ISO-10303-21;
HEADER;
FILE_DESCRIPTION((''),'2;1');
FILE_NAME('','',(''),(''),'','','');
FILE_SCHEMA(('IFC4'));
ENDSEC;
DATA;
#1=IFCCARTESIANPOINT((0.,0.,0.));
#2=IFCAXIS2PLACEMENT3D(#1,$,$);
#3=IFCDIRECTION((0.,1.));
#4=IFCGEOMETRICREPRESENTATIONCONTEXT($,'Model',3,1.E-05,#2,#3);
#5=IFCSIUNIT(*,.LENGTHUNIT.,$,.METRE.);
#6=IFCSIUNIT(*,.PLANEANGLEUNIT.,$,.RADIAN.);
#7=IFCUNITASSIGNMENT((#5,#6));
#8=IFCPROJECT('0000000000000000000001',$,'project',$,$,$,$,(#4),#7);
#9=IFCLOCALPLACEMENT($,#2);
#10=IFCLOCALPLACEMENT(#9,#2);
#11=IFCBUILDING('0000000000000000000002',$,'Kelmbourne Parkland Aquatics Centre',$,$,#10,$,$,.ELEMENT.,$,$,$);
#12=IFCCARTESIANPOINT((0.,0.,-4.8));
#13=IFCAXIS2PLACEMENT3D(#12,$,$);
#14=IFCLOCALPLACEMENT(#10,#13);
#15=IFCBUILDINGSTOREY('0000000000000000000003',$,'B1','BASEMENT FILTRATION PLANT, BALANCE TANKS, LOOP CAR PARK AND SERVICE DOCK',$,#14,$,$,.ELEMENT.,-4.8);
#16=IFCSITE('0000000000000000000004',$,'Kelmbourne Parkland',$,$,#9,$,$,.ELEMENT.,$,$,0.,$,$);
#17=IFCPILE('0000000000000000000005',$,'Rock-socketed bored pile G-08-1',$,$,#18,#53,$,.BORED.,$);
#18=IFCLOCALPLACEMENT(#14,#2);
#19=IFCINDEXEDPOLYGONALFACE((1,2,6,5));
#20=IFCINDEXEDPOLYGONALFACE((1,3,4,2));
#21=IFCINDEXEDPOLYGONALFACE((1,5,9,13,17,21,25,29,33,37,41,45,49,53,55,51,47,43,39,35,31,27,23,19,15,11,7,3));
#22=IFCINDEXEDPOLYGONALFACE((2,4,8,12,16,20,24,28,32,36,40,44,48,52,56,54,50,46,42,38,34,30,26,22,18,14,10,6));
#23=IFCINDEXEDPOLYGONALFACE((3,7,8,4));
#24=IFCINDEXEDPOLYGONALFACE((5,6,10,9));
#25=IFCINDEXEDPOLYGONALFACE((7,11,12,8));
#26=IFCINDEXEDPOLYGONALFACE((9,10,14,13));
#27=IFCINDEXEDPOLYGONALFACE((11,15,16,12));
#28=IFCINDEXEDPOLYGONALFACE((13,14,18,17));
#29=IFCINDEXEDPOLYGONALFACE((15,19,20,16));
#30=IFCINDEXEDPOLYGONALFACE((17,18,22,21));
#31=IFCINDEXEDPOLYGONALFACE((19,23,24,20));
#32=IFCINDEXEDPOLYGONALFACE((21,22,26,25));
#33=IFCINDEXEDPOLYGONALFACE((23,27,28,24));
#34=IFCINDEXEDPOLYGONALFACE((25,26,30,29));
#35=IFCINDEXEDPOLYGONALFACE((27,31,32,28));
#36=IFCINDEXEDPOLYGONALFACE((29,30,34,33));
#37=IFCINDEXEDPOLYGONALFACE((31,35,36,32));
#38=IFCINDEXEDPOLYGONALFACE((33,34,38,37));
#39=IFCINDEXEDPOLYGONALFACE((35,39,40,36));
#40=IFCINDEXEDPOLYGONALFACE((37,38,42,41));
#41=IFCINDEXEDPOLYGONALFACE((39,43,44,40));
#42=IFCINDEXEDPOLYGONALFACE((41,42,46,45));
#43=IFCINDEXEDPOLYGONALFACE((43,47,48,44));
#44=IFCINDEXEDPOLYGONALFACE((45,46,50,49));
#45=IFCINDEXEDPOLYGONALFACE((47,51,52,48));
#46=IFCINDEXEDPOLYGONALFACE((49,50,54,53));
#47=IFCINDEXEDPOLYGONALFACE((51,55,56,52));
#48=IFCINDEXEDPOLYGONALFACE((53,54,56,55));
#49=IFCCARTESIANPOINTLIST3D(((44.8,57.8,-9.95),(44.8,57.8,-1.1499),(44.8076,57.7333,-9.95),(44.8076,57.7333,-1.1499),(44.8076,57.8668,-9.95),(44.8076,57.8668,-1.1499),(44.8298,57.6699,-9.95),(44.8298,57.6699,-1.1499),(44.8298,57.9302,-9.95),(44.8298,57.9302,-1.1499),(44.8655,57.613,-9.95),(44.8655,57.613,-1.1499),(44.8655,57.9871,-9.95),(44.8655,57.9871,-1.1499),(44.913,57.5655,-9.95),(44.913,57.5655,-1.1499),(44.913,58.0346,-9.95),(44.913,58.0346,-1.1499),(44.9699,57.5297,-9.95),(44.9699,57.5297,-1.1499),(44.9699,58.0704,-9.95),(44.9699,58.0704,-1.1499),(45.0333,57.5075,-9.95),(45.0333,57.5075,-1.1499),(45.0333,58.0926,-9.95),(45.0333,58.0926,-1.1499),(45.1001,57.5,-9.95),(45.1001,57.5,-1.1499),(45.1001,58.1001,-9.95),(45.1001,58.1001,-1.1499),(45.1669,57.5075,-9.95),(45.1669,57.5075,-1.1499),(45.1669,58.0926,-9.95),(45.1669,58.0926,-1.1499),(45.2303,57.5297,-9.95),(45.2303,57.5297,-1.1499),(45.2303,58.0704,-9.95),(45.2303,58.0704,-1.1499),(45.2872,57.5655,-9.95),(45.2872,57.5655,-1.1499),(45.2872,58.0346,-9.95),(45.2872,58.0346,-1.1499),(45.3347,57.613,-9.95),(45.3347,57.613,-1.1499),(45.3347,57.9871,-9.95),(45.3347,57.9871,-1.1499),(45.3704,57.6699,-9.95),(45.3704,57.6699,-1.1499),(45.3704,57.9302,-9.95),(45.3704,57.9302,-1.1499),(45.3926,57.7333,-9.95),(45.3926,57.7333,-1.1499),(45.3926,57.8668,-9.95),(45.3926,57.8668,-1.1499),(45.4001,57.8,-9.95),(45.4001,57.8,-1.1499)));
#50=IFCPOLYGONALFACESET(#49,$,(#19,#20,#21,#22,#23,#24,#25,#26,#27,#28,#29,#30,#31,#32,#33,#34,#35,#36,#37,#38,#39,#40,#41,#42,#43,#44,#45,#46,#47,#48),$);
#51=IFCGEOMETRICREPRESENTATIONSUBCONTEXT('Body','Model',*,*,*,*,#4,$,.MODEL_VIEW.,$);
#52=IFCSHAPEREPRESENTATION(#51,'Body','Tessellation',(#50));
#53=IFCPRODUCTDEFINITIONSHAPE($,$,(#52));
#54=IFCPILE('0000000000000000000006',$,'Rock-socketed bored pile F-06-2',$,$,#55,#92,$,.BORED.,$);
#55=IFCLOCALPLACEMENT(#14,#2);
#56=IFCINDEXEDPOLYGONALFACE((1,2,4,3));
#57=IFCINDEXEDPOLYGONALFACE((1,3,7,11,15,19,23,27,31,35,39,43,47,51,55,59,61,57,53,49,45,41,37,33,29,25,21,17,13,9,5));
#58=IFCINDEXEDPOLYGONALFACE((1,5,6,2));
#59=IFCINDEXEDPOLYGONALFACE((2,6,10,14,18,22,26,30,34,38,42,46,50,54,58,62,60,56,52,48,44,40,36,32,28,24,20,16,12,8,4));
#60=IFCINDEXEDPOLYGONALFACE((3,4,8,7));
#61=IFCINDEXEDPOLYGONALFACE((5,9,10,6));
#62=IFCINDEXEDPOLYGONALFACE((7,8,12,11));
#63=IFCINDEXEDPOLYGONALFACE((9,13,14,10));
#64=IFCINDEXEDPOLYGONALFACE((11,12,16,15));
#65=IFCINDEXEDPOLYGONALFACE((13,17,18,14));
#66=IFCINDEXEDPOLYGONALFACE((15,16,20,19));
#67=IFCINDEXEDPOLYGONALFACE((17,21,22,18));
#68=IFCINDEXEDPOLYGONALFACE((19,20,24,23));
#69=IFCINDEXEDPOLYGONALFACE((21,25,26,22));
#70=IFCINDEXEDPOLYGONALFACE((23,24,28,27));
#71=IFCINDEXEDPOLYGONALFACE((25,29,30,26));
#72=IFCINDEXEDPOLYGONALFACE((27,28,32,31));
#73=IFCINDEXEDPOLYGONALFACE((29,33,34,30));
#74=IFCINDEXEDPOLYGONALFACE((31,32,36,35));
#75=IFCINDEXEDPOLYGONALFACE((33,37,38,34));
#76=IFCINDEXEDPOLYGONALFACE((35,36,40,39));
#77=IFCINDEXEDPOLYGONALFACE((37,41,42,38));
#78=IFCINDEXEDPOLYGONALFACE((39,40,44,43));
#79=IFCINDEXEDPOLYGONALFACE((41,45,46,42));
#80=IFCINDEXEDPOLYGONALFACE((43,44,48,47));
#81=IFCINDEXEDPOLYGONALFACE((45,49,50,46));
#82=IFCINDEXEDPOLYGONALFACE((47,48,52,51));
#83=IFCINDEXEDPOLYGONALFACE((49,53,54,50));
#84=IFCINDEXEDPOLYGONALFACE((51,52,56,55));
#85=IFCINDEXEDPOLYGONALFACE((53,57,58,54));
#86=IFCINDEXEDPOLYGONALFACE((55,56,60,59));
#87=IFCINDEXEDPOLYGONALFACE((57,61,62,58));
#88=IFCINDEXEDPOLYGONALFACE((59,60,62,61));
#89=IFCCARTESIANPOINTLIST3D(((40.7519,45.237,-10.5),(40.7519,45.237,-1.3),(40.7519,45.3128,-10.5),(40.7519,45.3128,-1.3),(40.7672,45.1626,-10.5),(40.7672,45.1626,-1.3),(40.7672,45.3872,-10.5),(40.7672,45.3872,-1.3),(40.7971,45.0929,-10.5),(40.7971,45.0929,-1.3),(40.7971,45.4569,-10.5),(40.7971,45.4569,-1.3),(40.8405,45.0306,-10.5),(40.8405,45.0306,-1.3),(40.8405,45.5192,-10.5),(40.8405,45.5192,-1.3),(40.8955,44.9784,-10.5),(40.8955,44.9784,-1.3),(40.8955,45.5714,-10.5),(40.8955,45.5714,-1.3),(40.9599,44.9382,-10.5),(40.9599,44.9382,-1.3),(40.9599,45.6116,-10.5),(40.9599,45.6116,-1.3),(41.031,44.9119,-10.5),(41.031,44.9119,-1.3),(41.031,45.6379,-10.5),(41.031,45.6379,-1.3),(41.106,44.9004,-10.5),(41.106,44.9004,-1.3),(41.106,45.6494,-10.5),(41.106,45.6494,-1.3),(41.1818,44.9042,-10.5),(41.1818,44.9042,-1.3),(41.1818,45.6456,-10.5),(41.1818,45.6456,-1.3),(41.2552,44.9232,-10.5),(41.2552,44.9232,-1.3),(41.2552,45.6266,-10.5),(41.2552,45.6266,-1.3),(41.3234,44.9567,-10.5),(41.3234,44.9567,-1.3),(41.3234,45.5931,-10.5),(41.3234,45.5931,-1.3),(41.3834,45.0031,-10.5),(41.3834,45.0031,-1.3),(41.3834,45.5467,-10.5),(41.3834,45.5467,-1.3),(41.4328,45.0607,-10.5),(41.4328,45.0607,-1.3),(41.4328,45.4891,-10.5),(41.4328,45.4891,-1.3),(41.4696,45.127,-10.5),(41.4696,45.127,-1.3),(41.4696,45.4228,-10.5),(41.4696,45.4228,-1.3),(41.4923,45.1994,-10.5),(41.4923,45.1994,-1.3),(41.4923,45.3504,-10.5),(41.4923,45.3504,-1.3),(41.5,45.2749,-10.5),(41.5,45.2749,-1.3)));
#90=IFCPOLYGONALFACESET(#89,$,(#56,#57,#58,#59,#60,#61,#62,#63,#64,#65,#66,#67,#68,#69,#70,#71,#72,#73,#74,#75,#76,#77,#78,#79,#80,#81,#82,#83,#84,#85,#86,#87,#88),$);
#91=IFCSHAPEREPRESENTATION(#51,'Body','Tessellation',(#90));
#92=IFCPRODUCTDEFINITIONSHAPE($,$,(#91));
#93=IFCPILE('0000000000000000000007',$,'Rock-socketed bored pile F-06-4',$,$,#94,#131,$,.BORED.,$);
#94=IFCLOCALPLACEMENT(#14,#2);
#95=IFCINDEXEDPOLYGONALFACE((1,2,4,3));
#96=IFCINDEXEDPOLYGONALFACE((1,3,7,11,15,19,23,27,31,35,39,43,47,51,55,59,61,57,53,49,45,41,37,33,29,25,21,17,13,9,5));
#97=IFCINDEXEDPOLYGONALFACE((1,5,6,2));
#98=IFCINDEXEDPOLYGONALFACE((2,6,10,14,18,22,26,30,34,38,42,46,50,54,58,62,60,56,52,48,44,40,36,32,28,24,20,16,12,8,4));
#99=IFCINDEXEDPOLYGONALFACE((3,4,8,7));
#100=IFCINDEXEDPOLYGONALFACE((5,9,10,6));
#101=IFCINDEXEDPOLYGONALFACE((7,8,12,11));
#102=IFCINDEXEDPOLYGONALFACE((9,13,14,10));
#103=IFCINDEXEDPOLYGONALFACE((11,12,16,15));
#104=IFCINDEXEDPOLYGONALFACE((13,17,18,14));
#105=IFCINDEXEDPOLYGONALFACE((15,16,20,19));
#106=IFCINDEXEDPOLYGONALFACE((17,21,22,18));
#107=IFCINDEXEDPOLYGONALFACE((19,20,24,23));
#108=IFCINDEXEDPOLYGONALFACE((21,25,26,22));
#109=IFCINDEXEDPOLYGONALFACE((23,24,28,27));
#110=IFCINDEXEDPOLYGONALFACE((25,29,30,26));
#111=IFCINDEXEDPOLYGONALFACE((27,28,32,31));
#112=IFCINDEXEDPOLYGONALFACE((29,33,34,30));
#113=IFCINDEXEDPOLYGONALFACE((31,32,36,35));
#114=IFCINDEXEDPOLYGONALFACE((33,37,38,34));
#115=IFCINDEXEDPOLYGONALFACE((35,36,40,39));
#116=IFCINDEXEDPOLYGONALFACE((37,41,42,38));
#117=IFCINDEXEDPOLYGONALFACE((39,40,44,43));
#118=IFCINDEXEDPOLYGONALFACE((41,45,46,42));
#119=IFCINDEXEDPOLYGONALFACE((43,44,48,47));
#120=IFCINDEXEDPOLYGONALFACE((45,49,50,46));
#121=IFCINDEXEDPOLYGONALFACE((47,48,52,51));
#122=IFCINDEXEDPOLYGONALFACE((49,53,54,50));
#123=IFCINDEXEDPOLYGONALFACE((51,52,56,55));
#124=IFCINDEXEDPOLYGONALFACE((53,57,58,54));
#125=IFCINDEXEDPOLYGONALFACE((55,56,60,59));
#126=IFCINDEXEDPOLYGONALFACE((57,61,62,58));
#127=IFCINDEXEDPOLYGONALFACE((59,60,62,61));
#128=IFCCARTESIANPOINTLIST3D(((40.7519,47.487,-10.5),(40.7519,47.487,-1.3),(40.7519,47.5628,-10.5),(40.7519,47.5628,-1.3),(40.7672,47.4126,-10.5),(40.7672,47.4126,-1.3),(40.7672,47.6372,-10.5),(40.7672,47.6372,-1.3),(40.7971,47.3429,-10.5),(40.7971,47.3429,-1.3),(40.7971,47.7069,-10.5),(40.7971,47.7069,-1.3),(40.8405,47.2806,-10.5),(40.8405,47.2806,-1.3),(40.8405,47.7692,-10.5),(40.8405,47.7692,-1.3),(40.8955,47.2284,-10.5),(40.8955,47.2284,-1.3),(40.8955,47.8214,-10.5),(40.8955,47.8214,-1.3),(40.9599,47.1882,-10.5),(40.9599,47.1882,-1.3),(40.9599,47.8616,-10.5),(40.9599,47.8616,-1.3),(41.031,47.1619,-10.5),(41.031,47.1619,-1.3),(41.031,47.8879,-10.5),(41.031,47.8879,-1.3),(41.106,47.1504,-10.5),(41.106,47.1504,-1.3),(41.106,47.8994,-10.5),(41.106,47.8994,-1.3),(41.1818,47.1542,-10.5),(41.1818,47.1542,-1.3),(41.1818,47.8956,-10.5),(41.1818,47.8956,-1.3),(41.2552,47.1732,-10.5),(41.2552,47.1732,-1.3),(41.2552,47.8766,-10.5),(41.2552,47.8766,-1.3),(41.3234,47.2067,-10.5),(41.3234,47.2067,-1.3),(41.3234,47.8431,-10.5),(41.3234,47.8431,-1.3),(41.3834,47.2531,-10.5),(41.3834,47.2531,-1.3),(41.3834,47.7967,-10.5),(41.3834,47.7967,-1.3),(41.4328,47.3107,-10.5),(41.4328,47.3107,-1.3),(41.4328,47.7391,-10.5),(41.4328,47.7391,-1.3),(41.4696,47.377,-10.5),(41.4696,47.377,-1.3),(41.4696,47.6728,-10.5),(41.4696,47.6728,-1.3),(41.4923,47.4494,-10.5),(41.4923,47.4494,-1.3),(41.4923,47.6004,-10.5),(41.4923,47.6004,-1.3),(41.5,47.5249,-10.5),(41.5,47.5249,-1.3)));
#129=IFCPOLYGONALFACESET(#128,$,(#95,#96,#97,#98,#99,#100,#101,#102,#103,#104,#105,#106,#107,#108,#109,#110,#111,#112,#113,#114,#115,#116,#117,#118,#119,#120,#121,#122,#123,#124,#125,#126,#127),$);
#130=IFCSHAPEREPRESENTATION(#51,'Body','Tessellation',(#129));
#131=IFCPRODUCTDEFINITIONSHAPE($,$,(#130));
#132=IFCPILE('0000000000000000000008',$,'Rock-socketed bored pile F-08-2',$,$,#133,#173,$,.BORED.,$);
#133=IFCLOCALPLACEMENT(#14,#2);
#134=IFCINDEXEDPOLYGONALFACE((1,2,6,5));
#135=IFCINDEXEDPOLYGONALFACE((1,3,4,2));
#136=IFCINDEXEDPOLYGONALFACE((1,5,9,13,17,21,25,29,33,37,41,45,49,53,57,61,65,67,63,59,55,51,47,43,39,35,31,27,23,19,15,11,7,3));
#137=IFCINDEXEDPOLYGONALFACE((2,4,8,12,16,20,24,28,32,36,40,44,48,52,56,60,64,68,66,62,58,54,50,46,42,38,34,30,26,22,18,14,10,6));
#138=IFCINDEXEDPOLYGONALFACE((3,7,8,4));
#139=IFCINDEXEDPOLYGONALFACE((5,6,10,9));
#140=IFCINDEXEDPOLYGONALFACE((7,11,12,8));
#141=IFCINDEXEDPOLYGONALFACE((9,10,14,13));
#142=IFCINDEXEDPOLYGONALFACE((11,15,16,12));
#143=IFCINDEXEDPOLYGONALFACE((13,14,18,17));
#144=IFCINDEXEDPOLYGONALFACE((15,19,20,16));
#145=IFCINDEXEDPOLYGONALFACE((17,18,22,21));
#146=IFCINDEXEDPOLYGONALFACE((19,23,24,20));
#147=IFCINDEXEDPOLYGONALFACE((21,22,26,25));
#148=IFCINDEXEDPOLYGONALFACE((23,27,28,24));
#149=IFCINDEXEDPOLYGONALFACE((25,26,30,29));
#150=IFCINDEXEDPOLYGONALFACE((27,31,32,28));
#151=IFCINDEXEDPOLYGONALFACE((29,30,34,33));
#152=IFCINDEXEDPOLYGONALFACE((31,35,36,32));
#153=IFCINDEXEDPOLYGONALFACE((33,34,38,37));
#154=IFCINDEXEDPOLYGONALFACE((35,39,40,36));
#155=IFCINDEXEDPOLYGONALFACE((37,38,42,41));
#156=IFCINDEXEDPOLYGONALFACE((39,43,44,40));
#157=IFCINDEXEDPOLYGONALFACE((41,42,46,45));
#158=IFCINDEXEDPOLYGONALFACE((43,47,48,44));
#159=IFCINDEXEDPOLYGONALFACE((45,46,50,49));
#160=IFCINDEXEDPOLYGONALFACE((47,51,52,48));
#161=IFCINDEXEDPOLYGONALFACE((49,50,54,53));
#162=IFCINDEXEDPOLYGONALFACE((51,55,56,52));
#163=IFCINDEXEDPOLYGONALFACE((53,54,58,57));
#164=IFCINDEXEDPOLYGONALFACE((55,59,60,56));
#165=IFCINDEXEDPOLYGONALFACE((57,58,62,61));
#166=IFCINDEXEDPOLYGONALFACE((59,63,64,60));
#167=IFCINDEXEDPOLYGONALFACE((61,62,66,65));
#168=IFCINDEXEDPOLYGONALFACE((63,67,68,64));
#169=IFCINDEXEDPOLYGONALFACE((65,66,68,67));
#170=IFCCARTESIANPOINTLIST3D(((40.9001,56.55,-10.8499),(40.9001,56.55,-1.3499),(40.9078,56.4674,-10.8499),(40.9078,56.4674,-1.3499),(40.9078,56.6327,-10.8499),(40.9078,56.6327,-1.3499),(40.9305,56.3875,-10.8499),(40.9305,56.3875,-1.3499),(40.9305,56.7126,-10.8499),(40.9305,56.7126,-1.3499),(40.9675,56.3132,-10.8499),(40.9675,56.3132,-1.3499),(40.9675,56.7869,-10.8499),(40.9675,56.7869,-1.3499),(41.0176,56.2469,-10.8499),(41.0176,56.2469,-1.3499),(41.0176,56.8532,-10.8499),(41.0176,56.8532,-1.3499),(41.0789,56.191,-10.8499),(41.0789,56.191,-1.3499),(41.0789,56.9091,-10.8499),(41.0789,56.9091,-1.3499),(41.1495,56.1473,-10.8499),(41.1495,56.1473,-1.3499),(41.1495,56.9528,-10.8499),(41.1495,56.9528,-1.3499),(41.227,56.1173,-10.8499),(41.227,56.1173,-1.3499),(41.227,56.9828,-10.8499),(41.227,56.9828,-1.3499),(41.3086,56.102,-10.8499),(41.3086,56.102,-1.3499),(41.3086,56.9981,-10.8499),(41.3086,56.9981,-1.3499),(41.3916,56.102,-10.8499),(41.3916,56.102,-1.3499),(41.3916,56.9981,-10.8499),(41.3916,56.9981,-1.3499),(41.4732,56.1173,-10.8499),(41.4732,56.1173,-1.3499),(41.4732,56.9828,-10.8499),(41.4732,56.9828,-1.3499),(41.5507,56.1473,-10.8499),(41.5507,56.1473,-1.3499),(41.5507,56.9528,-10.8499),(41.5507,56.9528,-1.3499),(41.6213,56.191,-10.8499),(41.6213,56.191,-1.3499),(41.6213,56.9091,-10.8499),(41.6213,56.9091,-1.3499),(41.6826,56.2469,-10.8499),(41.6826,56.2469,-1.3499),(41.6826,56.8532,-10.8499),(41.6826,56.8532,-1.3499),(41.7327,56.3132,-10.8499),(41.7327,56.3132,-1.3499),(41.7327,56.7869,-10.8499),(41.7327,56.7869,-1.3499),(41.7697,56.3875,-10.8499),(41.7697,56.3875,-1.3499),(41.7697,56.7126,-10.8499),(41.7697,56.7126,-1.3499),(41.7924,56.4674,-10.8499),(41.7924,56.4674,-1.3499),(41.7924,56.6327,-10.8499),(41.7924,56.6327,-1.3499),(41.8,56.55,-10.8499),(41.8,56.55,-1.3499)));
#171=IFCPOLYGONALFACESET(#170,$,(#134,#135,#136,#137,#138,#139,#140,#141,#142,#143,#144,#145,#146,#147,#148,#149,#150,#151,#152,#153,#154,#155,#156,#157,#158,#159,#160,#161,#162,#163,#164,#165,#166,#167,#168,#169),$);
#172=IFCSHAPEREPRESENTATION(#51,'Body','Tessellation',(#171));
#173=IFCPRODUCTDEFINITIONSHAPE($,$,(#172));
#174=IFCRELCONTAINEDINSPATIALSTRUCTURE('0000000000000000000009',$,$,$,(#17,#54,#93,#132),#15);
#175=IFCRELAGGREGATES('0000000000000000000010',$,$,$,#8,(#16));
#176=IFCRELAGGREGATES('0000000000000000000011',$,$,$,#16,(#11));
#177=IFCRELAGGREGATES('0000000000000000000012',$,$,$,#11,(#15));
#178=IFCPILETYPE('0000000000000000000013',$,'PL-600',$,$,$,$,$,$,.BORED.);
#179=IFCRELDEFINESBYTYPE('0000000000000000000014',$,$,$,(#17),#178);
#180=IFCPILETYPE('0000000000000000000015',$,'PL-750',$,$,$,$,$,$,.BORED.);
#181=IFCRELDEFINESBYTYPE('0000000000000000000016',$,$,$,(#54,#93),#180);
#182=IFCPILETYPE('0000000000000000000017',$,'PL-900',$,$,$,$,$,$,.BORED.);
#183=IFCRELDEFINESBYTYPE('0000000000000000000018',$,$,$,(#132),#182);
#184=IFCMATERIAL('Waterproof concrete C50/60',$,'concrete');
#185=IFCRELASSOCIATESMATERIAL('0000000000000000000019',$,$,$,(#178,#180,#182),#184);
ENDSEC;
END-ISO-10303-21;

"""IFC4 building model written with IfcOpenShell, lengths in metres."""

from ifc_helpers import new_model, si_unit, direction, frame, origin, origin_2d, place, context, subcontext, project, spatial, circle, extrude, material, material_profile, profile_set, type_object, element, save


model = new_model("IFC4")

# Units and contexts
model_context = context("Model", 3, precision=1e-05, world=origin(), true_north=direction((0.0, 1.0)))
body_context = subcontext(model_context, "Body", "Model", "MODEL_VIEW")
ifc_project = project(units=[si_unit("LENGTHUNIT", "METRE"), si_unit("PLANEANGLEUNIT", "RADIAN")], contexts=[model_context])

# Site, building, storey
site_placement = place(None, origin())
site = spatial("IfcSite", under=ifc_project, at=site_placement, Name="Kelmbourne Parkland", CompositionType="ELEMENT", RefElevation=0.0)
building_placement = place(site_placement, origin())
building = spatial("IfcBuilding", under=site, at=building_placement, Name="Kelmbourne Parkland Aquatics Centre", CompositionType="ELEMENT")
storey_placement = place(building_placement, frame((0.0, 0.0, -4.8)))
storey = spatial("IfcBuildingStorey", under=building, at=storey_placement, Name="B1", Description="BASEMENT FILTRATION PLANT, BALANCE TANKS, LOOP CAR PARK AND SERVICE DOCK", CompositionType="ELEMENT", Elevation=-4.8)

# Shared definitions
ifc_material_1 = material(Name="Waterproof concrete C50/60", Category="concrete")

# Piles
ifc_material_profile_1 = material_profile(ifc_material_1, circle(Radius=0.3, at=origin_2d()), Name="PILE D600")
ifc_profile_set_1 = profile_set([ifc_material_profile_1], Name="Waterproof concrete C50/60")
pile_type_1 = type_object("IfcPileType", Name="PL-600", PredefinedType="BORED", material=ifc_profile_set_1)
pile_placement = place(storey_placement, frame((45.1001, 57.8, -1.1499), z_axis=(0.0, 0.0, -1.0), x_axis=(1.0, 0.0, 0.0)))
element("IfcPile", 1, at=pile_placement, inside=storey, type_object=pile_type_1, Name="Rock-socketed bored pile G-08-1", PredefinedType="BORED", context=body_context, shape_type="SweptSolid", body=[
    extrude(circle(Radius=0.3, at=origin_2d()), origin(), (0.0, 0.0, 1.0), 8.8),
])
ifc_material_profile_2 = material_profile(ifc_material_1, circle(Radius=0.375, at=origin_2d()), Name="PILE D750")
ifc_profile_set_2 = profile_set([ifc_material_profile_2], Name="Waterproof concrete C50/60")
pile_type_2 = type_object("IfcPileType", Name="PL-750", PredefinedType="BORED", material=ifc_profile_set_2)
for number, where, z_axis, x_axis, name in (
    (2, (41.125, 45.2749, -1.3), (0.0, 0.0, -1.0), (1.0, 0.0, 0.0), "Rock-socketed bored pile F-06-2"),
    (3, (41.125, 47.5249, -1.3), (0.0, 0.0, -1.0), (1.0, 0.0, 0.0), "Rock-socketed bored pile F-06-4"),
):
    element("IfcPile", number, at=place(storey_placement, frame(where, z_axis=z_axis, x_axis=x_axis)), inside=storey, type_object=pile_type_2, Name=name, PredefinedType="BORED", context=body_context, shape_type="SweptSolid", body=[
        extrude(circle(Radius=0.375, at=origin_2d()), origin(), (0.0, 0.0, 1.0), 9.2),
    ])
ifc_material_profile_3 = material_profile(ifc_material_1, circle(Radius=0.45, at=origin_2d()), Name="PILE D900")
ifc_profile_set_3 = profile_set([ifc_material_profile_3], Name="Waterproof concrete C50/60")
pile_type_3 = type_object("IfcPileType", Name="PL-900", PredefinedType="BORED", material=ifc_profile_set_3)
for number, where, z_axis, x_axis, name in (
    (4, (41.3501, 56.55, -1.3499), (0.0, 0.0, -1.0), (1.0, 0.0, 0.0), "Rock-socketed bored pile F-08-2"),
):
    element("IfcPile", number, at=place(storey_placement, frame(where, z_axis=z_axis, x_axis=x_axis)), inside=storey, type_object=pile_type_3, Name=name, PredefinedType="BORED", context=body_context, shape_type="SweptSolid", body=[
        extrude(circle(Radius=0.45, at=origin_2d()), origin(), (0.0, 0.0, 1.0), 9.5),
    ])

save(model, "model.ifc")
